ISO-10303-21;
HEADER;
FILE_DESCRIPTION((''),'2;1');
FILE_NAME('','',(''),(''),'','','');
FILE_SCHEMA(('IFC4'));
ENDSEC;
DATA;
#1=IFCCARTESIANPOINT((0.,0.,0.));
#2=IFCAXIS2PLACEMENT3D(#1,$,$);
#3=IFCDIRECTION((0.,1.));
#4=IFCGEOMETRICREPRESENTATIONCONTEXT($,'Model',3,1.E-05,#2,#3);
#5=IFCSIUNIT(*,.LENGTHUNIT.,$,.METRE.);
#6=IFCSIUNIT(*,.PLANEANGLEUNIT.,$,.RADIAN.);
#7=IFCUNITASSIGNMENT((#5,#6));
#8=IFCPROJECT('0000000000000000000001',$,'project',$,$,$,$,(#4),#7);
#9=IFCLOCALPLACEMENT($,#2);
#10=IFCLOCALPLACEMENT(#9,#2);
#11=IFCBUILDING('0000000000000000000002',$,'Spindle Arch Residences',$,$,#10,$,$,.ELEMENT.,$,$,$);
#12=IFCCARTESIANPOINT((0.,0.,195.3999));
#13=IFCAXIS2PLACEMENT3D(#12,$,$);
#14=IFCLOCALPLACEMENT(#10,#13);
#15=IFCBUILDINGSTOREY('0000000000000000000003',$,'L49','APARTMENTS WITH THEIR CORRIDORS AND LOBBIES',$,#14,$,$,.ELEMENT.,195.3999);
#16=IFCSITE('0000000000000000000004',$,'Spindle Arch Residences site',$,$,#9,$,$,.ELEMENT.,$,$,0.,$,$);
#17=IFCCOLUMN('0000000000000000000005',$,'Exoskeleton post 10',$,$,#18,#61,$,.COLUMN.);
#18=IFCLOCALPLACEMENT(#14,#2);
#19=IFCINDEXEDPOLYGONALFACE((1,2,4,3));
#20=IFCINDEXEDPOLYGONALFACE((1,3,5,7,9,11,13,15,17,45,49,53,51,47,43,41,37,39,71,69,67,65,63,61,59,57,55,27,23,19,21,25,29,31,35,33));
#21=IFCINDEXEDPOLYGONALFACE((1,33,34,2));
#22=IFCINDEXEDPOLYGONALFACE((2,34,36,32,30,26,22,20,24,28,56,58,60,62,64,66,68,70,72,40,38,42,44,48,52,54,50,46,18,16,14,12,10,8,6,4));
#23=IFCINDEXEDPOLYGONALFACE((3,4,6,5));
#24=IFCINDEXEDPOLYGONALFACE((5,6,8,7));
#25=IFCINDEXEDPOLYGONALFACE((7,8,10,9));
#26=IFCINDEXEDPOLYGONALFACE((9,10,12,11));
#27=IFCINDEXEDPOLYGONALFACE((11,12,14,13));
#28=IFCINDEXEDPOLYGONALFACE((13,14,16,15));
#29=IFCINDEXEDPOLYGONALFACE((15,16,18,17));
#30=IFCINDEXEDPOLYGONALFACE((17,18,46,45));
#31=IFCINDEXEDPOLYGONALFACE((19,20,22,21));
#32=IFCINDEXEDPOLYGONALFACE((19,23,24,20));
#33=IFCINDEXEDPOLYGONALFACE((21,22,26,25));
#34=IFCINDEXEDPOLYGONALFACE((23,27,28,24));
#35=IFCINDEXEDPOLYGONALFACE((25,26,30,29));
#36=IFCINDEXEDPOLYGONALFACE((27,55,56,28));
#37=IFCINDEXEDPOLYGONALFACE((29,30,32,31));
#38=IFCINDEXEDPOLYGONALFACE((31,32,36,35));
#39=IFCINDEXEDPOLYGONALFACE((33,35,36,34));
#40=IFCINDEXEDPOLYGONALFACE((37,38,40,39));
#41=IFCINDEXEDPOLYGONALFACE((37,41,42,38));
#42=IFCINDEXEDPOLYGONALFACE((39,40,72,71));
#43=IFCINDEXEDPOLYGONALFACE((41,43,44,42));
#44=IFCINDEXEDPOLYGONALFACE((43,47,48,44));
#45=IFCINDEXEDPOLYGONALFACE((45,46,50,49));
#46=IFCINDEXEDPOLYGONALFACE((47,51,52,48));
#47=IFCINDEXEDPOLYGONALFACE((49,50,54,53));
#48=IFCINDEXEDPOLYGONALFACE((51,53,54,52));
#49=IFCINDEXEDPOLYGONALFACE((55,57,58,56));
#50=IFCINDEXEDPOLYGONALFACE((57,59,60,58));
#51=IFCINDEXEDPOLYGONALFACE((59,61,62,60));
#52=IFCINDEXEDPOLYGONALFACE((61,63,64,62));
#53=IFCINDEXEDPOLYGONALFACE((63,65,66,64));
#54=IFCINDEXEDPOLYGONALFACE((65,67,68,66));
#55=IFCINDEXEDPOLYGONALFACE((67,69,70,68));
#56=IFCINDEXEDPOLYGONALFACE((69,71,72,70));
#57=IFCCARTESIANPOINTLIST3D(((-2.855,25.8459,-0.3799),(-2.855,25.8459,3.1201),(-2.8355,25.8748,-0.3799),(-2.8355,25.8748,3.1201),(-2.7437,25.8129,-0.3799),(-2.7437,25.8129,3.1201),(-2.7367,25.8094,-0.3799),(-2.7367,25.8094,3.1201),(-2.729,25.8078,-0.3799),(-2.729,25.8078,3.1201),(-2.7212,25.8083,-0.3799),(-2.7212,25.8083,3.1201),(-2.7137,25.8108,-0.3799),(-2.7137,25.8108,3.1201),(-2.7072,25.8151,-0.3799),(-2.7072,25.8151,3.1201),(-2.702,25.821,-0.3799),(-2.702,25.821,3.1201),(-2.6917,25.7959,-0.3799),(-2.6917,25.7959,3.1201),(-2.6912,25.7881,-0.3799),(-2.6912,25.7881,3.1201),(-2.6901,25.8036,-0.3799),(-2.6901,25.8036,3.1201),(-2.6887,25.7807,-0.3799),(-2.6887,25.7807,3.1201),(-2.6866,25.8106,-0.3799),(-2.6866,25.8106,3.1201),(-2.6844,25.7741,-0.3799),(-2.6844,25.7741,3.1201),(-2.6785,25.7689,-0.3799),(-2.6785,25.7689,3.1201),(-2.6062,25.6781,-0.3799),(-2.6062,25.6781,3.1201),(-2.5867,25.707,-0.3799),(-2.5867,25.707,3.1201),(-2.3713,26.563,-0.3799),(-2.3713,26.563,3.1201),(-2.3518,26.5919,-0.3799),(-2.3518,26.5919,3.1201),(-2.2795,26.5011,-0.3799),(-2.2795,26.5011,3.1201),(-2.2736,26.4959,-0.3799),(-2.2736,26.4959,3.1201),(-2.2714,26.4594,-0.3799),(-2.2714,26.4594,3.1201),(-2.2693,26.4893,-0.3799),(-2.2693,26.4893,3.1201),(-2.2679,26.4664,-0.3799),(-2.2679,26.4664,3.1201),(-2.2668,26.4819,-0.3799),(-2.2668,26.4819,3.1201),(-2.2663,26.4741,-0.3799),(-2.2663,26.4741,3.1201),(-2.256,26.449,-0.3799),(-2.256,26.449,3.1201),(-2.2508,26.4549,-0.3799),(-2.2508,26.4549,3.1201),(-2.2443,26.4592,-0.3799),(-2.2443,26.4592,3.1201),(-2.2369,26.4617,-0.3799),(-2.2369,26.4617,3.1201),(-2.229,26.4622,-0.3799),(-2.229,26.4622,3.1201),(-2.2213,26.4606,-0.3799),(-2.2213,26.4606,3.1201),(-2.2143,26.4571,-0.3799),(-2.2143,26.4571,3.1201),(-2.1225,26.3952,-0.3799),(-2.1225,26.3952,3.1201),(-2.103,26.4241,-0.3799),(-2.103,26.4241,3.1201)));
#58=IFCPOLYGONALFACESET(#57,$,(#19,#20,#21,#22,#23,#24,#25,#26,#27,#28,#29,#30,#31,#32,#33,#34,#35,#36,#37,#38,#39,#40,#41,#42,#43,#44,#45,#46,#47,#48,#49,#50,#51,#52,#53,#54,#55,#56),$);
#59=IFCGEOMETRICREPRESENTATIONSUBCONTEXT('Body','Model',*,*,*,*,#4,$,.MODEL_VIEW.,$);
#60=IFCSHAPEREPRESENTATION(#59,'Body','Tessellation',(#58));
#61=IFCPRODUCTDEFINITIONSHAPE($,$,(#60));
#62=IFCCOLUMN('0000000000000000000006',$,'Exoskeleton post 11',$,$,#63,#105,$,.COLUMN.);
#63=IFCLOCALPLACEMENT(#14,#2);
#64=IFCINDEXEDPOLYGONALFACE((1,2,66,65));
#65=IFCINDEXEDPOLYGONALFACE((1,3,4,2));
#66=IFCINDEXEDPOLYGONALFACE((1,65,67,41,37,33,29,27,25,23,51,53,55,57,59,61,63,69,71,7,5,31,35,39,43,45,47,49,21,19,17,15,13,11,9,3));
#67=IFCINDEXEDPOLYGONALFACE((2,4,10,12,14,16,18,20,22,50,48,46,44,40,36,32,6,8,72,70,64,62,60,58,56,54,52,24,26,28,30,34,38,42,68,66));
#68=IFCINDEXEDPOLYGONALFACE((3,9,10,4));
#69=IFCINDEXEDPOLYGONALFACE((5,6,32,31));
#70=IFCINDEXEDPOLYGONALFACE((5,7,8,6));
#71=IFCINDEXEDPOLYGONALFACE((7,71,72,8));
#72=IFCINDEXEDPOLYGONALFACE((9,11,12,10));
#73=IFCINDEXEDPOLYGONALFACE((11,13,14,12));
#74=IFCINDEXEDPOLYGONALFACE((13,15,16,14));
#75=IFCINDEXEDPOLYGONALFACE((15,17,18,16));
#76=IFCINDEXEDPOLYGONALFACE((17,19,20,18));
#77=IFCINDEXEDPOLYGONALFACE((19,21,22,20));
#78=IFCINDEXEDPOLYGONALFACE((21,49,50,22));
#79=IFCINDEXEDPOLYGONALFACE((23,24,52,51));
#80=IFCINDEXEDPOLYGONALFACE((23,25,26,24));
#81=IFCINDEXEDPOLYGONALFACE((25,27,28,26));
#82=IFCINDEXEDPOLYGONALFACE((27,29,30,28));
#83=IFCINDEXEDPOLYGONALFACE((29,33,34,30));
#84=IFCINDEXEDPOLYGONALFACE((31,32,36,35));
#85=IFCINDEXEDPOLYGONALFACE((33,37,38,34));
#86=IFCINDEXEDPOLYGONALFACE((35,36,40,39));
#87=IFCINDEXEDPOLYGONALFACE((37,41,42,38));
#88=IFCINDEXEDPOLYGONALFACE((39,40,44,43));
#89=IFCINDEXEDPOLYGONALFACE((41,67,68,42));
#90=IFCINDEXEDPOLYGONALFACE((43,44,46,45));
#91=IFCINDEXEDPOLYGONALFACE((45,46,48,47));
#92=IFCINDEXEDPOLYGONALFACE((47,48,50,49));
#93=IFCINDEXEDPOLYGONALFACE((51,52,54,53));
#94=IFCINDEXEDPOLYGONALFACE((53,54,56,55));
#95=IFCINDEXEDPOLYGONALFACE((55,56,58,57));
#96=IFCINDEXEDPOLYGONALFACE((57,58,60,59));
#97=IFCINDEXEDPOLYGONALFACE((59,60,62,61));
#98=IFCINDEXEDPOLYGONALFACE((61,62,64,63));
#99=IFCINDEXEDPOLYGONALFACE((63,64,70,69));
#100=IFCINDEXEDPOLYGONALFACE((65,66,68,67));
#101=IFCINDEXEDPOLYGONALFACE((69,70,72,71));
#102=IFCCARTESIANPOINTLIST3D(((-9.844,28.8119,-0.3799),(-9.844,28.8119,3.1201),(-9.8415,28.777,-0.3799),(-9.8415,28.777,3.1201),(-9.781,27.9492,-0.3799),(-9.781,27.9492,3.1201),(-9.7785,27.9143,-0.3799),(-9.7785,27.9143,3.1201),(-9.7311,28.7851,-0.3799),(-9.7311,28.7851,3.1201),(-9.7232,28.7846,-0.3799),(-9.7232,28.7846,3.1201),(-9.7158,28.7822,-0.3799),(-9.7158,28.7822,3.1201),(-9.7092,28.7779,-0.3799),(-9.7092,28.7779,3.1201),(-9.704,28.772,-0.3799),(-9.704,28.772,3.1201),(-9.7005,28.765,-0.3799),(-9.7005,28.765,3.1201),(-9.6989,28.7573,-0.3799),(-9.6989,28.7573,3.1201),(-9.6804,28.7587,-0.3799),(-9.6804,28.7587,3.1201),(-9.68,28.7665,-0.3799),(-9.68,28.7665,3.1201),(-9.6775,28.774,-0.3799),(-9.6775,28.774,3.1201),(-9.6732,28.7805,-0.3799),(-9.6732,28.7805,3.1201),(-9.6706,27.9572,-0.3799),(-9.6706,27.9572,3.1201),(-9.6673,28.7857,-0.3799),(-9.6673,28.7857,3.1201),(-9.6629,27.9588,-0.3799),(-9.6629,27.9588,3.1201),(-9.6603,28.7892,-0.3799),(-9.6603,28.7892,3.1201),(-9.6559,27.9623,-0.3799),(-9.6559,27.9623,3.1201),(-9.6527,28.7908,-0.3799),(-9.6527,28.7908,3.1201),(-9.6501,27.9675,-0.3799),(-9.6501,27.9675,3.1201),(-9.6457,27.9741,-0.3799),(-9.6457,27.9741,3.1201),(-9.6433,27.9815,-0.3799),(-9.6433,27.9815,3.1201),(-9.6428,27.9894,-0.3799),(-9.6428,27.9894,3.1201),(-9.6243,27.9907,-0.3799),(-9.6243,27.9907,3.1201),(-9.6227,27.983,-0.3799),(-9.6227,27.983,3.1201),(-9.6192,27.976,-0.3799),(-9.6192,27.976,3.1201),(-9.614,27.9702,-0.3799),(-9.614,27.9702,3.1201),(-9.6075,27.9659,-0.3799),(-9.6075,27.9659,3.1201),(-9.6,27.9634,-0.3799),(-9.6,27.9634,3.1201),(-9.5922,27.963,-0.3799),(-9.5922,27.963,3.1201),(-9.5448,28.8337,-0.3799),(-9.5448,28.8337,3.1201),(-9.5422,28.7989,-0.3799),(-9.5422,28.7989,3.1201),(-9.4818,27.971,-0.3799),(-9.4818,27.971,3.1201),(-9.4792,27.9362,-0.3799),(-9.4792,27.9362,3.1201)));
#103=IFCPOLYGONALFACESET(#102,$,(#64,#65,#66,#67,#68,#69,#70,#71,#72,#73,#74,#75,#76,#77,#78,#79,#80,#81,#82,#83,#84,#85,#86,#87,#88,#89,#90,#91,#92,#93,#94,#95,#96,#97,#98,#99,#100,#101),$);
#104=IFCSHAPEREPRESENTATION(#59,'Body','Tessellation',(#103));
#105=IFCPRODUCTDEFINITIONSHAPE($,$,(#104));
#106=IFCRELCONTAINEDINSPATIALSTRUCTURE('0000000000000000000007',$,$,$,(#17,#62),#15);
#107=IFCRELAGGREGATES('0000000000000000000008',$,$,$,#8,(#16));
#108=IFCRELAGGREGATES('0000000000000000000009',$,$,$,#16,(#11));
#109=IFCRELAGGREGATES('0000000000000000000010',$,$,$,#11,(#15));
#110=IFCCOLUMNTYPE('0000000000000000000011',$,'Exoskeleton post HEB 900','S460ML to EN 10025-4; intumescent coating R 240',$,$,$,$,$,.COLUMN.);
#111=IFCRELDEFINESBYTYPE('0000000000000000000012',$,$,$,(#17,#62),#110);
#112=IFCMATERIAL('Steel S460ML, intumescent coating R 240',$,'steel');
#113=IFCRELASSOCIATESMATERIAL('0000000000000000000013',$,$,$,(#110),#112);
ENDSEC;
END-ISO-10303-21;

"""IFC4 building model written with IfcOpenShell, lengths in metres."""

from ifc_helpers import new_model, si_unit, direction, frame, origin, origin_2d, place, context, subcontext, project, spatial, i_section, extrude, material, material_profile, profile_set, type_object, element, save


model = new_model("IFC4")

# Units and contexts
model_context = context("Model", 3, precision=1e-05, world=origin(), true_north=direction((0.0, 1.0)))
body_context = subcontext(model_context, "Body", "Model", "MODEL_VIEW")
ifc_project = project(units=[si_unit("LENGTHUNIT", "METRE"), si_unit("PLANEANGLEUNIT", "RADIAN")], contexts=[model_context])

# Site, building, storey
site_placement = place(None, origin())
site = spatial("IfcSite", under=ifc_project, at=site_placement, Name="Spindle Arch Residences site", CompositionType="ELEMENT", RefElevation=0.0)
building_placement = place(site_placement, origin())
building = spatial("IfcBuilding", under=site, at=building_placement, Name="Spindle Arch Residences", CompositionType="ELEMENT")
storey_placement = place(building_placement, frame((0.0, 0.0, 195.3999)))
storey = spatial("IfcBuildingStorey", under=building, at=storey_placement, Name="L49", Description="APARTMENTS WITH THEIR CORRIDORS AND LOBBIES", CompositionType="ELEMENT", Elevation=195.3999)

# Columns
ifc_material_1 = material(Name="Steel S460ML, intumescent coating R 240", Category="steel")
ifc_material_profile_1 = material_profile(ifc_material_1, i_section(OverallWidth=0.3, OverallDepth=0.8999, WebThickness=0.0186, FlangeThickness=0.0349, FilletRadius=0.03, at=origin_2d()), Name="HEB 900")
ifc_profile_set_1 = profile_set([ifc_material_profile_1], Name="Steel S460ML, intumescent coating R 240")
column_type_1 = type_object("IfcColumnType", Name="Exoskeleton post HEB 900", Description="S460ML to EN 10025-4; intumescent coating R 240", PredefinedType="COLUMN", material=ifc_profile_set_1)
for number, where, z_axis, x_axis, name in (
    (1, (-2.479, 26.135, -0.3799), (0.0, 0.0, 1.0), (0.829038, -0.559193, 0.0), "Exoskeleton post 10"),
    (2, (-9.6616, 28.374, -0.3799), (0.0, 0.0, 1.0), (0.997343, 0.072844, 0.0), "Exoskeleton post 11"),
):
    element("IfcColumn", number, at=place(storey_placement, frame(where, z_axis=z_axis, x_axis=x_axis)), inside=storey, type_object=column_type_1, Name=name, PredefinedType="COLUMN", context=body_context, shape_type="SweptSolid", body=[
        extrude(i_section(OverallWidth=0.3, OverallDepth=0.8999, WebThickness=0.0186, FlangeThickness=0.0349, FilletRadius=0.03, at=origin_2d()), origin(), (0.0, 0.0, 1.0), 3.5),
    ])

save(model, "model.ifc")
